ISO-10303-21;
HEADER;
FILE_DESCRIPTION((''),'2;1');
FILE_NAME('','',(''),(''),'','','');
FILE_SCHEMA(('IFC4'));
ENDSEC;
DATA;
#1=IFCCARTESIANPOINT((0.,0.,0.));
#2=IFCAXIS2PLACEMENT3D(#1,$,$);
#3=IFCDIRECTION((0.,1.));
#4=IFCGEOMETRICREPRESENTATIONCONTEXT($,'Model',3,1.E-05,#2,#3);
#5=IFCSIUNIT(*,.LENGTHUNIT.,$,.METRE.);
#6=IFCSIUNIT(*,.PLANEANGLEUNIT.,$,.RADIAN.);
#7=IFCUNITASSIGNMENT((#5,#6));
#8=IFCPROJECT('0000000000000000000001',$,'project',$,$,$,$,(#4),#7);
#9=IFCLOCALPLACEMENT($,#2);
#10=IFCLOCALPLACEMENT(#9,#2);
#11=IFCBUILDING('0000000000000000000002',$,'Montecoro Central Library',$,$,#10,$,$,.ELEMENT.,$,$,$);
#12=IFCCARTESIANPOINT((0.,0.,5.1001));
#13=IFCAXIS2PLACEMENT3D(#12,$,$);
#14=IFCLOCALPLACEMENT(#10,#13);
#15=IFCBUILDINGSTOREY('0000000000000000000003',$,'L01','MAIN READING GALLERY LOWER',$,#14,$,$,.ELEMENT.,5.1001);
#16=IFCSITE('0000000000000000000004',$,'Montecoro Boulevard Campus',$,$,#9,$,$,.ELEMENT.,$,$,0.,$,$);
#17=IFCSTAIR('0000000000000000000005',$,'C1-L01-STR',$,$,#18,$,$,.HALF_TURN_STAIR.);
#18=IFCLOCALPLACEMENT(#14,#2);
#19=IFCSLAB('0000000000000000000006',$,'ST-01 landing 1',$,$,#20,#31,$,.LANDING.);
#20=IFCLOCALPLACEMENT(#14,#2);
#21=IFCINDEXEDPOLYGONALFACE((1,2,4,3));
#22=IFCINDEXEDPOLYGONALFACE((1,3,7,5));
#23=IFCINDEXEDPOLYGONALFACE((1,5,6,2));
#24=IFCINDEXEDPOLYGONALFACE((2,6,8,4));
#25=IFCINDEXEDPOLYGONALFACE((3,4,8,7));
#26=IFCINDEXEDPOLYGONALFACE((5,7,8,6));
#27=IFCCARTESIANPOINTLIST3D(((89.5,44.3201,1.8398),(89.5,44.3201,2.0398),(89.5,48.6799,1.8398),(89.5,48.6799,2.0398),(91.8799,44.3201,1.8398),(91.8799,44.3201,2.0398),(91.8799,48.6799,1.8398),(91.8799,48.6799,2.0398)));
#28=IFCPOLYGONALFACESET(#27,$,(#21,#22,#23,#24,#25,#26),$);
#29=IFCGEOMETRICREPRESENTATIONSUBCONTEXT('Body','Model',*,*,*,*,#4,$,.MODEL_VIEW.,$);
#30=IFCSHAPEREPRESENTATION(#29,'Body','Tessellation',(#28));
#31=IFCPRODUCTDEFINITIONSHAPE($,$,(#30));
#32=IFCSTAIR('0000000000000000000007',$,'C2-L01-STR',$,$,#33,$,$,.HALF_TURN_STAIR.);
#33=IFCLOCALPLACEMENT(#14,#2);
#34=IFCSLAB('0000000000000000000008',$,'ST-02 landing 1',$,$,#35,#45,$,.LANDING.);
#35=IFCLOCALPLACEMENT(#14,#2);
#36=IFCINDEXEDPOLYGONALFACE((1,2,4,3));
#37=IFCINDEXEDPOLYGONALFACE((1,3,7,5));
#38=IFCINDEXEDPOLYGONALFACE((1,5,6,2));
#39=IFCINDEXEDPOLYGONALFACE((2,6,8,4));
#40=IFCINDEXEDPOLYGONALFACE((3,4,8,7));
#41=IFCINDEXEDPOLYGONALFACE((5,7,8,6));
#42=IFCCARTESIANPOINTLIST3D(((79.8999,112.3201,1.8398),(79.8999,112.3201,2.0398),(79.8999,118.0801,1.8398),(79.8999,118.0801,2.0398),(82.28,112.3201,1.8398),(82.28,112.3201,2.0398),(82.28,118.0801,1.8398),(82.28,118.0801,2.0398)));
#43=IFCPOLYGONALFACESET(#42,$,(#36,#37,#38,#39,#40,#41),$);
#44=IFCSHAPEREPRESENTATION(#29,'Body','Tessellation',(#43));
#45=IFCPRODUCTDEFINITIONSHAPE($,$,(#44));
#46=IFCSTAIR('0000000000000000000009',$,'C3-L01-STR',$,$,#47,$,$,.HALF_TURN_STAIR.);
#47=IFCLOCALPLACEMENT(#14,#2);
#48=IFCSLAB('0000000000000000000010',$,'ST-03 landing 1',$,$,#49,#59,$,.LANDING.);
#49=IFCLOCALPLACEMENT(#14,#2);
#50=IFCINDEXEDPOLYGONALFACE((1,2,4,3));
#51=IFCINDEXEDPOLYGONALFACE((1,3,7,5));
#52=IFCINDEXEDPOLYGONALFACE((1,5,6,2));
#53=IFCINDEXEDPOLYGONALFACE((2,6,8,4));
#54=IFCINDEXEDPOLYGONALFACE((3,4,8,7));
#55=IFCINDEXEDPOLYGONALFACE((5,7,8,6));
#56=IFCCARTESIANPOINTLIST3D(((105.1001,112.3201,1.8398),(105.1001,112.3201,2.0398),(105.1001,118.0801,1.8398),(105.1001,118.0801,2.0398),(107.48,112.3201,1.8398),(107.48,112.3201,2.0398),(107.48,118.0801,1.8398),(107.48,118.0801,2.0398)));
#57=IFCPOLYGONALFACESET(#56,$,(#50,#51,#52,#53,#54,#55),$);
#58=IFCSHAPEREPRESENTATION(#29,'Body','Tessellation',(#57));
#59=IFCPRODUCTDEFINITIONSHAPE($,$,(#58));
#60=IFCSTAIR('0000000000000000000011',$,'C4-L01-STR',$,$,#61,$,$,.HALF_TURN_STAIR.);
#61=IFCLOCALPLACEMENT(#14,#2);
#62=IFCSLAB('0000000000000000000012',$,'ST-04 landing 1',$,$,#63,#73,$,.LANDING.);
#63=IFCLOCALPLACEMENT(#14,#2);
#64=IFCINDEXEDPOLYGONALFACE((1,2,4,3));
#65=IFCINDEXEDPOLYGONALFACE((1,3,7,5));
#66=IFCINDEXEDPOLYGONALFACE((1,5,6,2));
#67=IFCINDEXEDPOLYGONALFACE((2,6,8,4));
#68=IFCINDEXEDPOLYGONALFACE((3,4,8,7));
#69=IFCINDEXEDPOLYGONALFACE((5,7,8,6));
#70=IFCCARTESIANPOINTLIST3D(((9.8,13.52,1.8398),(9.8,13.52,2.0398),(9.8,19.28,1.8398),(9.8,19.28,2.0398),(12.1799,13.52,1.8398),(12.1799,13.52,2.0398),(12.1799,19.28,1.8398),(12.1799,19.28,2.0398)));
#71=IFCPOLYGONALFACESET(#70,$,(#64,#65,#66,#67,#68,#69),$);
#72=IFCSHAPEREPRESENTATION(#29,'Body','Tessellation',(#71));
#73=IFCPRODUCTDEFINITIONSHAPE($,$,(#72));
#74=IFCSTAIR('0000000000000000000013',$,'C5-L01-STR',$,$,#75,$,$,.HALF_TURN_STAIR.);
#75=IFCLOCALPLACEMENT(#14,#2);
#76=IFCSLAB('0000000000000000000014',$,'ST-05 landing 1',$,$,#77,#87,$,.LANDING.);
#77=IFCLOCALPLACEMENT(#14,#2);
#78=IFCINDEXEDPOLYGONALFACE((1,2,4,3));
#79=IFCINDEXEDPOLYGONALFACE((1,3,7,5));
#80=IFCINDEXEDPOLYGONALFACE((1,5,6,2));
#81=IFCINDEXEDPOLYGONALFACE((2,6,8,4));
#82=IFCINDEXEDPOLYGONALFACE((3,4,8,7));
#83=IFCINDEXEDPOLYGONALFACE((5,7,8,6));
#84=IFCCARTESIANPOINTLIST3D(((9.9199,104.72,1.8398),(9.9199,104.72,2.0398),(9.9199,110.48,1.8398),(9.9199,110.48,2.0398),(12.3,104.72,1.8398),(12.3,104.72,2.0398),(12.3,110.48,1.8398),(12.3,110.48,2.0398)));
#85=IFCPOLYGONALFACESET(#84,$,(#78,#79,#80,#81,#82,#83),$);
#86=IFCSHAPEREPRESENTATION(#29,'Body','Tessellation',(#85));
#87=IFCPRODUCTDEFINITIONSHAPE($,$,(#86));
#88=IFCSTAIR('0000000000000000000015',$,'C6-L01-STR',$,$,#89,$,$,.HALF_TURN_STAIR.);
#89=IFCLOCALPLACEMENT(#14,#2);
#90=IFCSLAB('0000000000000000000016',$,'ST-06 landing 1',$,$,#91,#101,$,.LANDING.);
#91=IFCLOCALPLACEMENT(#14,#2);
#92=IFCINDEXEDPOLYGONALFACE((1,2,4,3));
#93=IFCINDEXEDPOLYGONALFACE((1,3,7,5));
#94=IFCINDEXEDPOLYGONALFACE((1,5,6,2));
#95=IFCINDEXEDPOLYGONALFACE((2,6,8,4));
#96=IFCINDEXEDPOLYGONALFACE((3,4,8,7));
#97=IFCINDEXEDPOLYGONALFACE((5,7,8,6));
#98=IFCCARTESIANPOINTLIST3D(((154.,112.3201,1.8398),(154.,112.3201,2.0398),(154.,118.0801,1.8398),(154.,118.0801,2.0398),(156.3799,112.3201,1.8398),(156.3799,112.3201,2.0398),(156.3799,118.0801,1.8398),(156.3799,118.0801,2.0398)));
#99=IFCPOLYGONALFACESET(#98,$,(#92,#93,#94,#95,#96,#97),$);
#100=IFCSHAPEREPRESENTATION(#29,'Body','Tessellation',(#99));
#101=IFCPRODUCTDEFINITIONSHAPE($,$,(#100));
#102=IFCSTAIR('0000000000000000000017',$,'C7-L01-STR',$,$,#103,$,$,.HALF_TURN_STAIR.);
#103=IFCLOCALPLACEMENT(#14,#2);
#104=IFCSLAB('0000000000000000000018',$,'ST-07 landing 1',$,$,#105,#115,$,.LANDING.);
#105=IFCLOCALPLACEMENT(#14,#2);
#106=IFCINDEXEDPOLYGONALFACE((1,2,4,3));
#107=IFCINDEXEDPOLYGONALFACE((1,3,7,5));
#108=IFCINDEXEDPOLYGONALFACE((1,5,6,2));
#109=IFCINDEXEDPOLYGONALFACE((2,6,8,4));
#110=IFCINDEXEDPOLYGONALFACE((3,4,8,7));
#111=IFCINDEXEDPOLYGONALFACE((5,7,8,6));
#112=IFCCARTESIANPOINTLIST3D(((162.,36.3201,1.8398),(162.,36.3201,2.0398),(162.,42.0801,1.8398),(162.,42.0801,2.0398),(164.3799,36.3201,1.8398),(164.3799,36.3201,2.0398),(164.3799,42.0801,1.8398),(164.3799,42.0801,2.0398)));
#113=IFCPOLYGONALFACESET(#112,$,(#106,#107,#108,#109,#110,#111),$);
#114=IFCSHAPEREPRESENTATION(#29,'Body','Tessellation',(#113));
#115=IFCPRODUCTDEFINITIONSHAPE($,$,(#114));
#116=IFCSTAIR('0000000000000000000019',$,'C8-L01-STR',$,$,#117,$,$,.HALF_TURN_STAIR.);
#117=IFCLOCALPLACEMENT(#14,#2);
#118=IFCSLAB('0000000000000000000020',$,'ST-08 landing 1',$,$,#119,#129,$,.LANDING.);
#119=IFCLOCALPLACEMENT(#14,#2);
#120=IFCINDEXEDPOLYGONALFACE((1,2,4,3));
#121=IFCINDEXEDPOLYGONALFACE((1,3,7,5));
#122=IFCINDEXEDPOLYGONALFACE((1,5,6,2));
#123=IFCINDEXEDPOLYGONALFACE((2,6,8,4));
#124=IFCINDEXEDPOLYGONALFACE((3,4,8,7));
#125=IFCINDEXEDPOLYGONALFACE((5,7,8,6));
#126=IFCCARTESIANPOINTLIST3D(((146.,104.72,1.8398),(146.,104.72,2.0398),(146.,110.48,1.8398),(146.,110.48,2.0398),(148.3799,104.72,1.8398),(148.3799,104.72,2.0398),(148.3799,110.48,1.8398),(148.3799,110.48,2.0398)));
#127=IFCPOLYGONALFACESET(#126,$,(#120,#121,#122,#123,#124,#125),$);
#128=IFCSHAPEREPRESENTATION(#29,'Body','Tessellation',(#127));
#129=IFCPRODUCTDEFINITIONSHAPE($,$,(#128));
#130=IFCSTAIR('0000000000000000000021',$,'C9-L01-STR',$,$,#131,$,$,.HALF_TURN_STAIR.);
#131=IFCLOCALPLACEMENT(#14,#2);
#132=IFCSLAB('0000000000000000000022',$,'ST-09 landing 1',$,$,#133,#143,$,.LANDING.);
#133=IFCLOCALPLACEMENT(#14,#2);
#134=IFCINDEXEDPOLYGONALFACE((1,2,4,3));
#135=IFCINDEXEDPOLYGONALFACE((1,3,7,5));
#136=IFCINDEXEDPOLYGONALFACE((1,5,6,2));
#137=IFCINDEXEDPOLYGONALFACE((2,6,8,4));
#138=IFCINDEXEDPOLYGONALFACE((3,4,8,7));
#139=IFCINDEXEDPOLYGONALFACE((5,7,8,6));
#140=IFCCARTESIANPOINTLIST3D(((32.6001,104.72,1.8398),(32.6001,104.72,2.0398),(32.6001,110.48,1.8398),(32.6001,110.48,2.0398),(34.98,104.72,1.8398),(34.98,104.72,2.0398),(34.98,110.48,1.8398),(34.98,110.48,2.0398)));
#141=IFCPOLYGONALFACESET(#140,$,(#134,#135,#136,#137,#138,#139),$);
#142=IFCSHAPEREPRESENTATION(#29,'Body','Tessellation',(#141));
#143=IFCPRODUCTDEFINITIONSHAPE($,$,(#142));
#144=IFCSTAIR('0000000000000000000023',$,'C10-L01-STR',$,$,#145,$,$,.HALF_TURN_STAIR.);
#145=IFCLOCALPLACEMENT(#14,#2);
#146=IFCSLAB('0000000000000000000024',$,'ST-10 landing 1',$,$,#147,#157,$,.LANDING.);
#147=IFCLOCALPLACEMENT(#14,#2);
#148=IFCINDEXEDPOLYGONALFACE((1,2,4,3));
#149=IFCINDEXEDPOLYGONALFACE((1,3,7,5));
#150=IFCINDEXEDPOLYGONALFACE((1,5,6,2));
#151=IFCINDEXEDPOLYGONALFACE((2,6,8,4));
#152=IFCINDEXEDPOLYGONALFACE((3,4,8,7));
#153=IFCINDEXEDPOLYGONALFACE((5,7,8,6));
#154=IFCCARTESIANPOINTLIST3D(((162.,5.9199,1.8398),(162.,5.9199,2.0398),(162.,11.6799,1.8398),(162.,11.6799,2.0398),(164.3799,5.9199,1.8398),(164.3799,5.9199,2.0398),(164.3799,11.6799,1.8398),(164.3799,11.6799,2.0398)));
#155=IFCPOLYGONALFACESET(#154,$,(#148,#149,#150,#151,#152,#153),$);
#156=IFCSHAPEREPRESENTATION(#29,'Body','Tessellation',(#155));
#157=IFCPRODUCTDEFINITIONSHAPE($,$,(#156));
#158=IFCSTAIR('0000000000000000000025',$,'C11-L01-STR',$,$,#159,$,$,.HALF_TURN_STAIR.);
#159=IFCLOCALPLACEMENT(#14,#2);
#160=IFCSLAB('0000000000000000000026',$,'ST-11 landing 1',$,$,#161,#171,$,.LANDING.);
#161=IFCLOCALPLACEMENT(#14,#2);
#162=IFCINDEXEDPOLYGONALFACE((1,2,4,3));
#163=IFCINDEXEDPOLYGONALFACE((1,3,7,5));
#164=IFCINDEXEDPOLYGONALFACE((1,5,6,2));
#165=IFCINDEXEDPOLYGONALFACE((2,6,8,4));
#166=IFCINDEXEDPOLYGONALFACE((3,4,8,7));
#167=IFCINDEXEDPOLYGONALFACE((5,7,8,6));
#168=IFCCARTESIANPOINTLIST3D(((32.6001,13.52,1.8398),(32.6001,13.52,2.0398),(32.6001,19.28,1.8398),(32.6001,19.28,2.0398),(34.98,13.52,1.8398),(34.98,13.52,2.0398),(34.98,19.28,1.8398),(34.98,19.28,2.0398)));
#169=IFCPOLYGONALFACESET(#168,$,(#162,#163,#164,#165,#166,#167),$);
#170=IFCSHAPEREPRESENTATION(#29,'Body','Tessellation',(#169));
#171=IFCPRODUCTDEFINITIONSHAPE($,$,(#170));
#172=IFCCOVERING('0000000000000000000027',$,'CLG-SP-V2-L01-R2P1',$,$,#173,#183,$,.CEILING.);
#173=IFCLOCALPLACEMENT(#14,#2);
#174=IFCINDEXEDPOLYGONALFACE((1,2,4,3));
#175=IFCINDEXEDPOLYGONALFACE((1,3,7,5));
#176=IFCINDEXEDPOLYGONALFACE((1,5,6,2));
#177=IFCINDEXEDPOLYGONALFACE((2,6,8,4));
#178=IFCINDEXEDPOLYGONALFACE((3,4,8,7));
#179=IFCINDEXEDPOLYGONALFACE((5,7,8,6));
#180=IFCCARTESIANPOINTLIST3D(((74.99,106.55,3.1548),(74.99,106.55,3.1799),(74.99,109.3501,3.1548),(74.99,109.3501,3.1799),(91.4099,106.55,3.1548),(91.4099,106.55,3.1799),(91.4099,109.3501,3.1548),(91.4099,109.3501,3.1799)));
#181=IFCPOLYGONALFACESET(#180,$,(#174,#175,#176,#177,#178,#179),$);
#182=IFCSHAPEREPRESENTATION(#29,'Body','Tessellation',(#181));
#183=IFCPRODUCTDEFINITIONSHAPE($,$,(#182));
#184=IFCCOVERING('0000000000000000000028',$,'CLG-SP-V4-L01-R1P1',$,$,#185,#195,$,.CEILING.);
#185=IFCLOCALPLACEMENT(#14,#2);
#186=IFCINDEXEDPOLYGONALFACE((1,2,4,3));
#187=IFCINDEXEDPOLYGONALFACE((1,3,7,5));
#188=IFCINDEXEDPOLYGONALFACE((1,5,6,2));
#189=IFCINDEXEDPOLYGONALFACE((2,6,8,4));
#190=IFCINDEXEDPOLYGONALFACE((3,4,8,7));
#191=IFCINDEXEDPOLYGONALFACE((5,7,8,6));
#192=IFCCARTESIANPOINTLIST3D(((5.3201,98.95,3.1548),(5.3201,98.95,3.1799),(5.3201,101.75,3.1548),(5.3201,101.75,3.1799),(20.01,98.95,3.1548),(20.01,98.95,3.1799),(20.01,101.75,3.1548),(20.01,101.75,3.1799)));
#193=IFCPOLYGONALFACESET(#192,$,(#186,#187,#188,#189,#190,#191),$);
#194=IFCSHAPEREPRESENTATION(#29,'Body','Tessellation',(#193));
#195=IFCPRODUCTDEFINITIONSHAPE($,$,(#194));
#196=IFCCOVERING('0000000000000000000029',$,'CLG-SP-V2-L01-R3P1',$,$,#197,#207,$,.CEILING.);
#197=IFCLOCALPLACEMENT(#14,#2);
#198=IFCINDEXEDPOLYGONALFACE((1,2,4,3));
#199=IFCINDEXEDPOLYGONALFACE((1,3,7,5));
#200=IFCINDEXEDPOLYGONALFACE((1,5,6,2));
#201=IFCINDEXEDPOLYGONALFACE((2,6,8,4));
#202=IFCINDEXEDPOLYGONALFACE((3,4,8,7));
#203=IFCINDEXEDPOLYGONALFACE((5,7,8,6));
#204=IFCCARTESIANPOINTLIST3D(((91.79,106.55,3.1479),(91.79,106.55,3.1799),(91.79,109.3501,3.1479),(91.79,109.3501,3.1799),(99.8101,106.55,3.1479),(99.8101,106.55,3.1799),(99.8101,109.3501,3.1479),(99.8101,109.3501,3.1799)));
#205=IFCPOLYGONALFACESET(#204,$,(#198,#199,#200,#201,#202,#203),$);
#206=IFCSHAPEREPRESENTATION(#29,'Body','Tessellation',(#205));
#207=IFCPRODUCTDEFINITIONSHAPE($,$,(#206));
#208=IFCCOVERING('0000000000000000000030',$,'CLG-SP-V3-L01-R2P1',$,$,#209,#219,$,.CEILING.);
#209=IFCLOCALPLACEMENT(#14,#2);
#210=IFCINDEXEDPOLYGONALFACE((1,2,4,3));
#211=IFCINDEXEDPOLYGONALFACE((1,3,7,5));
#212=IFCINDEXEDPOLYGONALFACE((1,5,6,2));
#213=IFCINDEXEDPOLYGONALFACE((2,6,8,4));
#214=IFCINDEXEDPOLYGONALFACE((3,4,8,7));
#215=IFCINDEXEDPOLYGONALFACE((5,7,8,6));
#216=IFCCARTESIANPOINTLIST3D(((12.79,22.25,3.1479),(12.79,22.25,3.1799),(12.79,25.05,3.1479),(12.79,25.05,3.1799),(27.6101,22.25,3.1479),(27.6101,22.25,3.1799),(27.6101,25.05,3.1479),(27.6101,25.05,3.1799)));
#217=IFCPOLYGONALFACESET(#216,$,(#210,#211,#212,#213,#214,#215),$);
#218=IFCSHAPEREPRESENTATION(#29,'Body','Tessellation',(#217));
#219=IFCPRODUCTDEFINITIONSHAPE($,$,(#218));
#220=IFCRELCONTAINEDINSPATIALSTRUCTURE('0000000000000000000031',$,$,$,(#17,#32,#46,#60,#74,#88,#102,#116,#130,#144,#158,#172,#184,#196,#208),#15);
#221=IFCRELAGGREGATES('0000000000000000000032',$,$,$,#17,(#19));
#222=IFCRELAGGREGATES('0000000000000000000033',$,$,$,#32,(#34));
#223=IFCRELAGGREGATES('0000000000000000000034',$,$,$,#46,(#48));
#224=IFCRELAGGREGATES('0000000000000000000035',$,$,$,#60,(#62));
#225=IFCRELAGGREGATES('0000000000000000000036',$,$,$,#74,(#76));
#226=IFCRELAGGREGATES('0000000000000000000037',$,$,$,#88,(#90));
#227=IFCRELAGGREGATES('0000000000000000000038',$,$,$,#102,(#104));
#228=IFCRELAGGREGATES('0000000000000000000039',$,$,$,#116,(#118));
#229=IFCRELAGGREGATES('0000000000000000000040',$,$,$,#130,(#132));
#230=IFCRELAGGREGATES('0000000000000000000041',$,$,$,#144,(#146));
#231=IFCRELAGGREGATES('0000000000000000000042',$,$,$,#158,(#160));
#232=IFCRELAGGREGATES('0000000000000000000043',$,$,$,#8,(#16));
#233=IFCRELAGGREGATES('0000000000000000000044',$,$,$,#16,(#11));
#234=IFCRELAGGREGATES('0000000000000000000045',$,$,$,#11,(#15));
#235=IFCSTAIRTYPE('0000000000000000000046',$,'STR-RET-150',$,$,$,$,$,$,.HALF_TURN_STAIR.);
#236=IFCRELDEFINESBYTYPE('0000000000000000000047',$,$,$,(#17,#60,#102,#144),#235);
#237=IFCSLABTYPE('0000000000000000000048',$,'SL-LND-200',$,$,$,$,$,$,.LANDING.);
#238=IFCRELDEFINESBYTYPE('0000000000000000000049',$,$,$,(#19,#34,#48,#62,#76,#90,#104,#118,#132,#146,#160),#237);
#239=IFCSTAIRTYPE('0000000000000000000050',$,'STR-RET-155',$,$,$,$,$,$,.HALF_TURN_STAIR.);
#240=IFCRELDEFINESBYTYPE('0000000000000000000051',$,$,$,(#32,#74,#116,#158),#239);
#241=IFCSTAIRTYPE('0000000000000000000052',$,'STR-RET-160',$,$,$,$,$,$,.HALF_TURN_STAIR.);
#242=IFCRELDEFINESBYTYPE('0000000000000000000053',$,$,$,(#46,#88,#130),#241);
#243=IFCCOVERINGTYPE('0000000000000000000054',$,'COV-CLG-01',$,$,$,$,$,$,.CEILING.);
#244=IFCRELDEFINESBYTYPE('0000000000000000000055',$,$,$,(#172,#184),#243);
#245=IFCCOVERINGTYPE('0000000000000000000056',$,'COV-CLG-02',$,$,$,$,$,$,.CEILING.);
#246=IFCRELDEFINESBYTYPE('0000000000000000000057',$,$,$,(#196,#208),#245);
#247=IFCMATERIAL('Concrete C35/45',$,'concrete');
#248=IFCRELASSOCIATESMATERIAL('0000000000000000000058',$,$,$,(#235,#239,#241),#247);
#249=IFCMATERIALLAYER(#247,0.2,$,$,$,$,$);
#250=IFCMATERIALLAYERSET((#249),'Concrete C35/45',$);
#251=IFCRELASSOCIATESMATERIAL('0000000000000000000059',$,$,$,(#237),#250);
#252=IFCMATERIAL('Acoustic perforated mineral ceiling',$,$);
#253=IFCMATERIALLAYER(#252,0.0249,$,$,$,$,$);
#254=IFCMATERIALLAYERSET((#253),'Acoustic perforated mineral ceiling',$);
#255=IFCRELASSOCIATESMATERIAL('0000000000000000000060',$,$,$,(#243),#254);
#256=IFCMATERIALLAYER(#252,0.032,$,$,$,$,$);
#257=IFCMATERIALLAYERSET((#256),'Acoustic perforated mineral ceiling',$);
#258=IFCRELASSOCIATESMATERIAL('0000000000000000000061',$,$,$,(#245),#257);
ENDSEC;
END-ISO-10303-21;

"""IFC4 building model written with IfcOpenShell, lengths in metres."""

from ifc_helpers import new_model, si_unit, direction, frame, origin, place, context, subcontext, project, spatial, polyline, outline, extrude, material, layer, layer_set, type_object, element, aggregate, save


model = new_model("IFC4")

# Units and contexts
model_context = context("Model", 3, precision=1e-05, world=origin(), true_north=direction((0.0, 1.0)))
body_context = subcontext(model_context, "Body", "Model", "MODEL_VIEW")
ifc_project = project(units=[si_unit("LENGTHUNIT", "METRE"), si_unit("PLANEANGLEUNIT", "RADIAN")], contexts=[model_context])

# Site, building, storey
site_placement = place(None, origin())
site = spatial("IfcSite", under=ifc_project, at=site_placement, Name="Montecoro Boulevard Campus", CompositionType="ELEMENT", RefElevation=0.0)
building_placement = place(site_placement, origin())
building = spatial("IfcBuilding", under=site, at=building_placement, Name="Montecoro Central Library", CompositionType="ELEMENT")
storey_placement = place(building_placement, frame((0.0, 0.0, 5.1001)))
storey = spatial("IfcBuildingStorey", under=building, at=storey_placement, Name="L01", Description="MAIN READING GALLERY LOWER", CompositionType="ELEMENT", Elevation=5.1001)

# Stairs, slabs
ifc_material_1 = material(Name="Concrete C35/45", Category="concrete")
stair_type_1 = type_object("IfcStairType", Name="STR-RET-150", PredefinedType="HALF_TURN_STAIR", material=ifc_material_1)
stair_1_placement = place(storey_placement, origin())
stair_1 = element("IfcStair", 1, at=stair_1_placement, inside=storey, type_object=stair_type_1, Name="C1-L01-STR", PredefinedType="HALF_TURN_STAIR")
ifc_layer_1 = layer(ifc_material_1, 0.2)
ifc_layer_set_1 = layer_set([ifc_layer_1], Name="Concrete C35/45")
slab_type = type_object("IfcSlabType", Name="SL-LND-200", PredefinedType="LANDING", material=ifc_layer_set_1)
slab_1_placement = place(storey_placement, frame((0.0, 0.0, 1.8398)))
slab_1 = element("IfcSlab", 2, at=slab_1_placement, type_object=slab_type, Name="ST-01 landing 1", PredefinedType="LANDING", context=body_context, shape_type="SweptSolid", body=[
    extrude(outline(polyline([(89.5, 44.3201), (91.8799, 44.3201), (91.8799, 48.6799), (89.5, 48.6799), (89.5, 44.3201)])), origin(), (0.0, 0.0, 1.0), 0.2),
])
aggregate(stair_1, [slab_1])
stair_type_2 = type_object("IfcStairType", Name="STR-RET-155", PredefinedType="HALF_TURN_STAIR", material=ifc_material_1)
stair_2_placement = place(storey_placement, origin())
stair_2 = element("IfcStair", 3, at=stair_2_placement, inside=storey, type_object=stair_type_2, Name="C2-L01-STR", PredefinedType="HALF_TURN_STAIR")
slab_2_placement = place(storey_placement, frame((0.0, 0.0, 1.8398)))
slab_2 = element("IfcSlab", 4, at=slab_2_placement, type_object=slab_type, Name="ST-02 landing 1", PredefinedType="LANDING", context=body_context, shape_type="SweptSolid", body=[
    extrude(outline(polyline([(79.8999, 112.3201), (82.28, 112.3201), (82.28, 118.0801), (79.8999, 118.0801), (79.8999, 112.3201)])), origin(), (0.0, 0.0, 1.0), 0.2),
])
aggregate(stair_2, [slab_2])
stair_type_3 = type_object("IfcStairType", Name="STR-RET-160", PredefinedType="HALF_TURN_STAIR", material=ifc_material_1)
stair_3_placement = place(storey_placement, origin())
stair_3 = element("IfcStair", 5, at=stair_3_placement, inside=storey, type_object=stair_type_3, Name="C3-L01-STR", PredefinedType="HALF_TURN_STAIR")
slab_3_placement = place(storey_placement, frame((0.0, 0.0, 1.8398)))
slab_3 = element("IfcSlab", 6, at=slab_3_placement, type_object=slab_type, Name="ST-03 landing 1", PredefinedType="LANDING", context=body_context, shape_type="SweptSolid", body=[
    extrude(outline(polyline([(105.1001, 112.3201), (107.48, 112.3201), (107.48, 118.0801), (105.1001, 118.0801), (105.1001, 112.3201)])), origin(), (0.0, 0.0, 1.0), 0.2),
])
aggregate(stair_3, [slab_3])
stair_4_placement = place(storey_placement, origin())
stair_4 = element("IfcStair", 7, at=stair_4_placement, inside=storey, type_object=stair_type_1, Name="C4-L01-STR", PredefinedType="HALF_TURN_STAIR")
slab_4_placement = place(storey_placement, frame((0.0, 0.0, 1.8398)))
slab_4 = element("IfcSlab", 8, at=slab_4_placement, type_object=slab_type, Name="ST-04 landing 1", PredefinedType="LANDING", context=body_context, shape_type="SweptSolid", body=[
    extrude(outline(polyline([(9.8, 13.52), (12.1799, 13.52), (12.1799, 19.28), (9.8, 19.28), (9.8, 13.52)])), origin(), (0.0, 0.0, 1.0), 0.2),
])
aggregate(stair_4, [slab_4])
stair_5_placement = place(storey_placement, origin())
stair_5 = element("IfcStair", 9, at=stair_5_placement, inside=storey, type_object=stair_type_2, Name="C5-L01-STR", PredefinedType="HALF_TURN_STAIR")
slab_5_placement = place(storey_placement, frame((0.0, 0.0, 1.8398)))
slab_5 = element("IfcSlab", 10, at=slab_5_placement, type_object=slab_type, Name="ST-05 landing 1", PredefinedType="LANDING", context=body_context, shape_type="SweptSolid", body=[
    extrude(outline(polyline([(9.9199, 104.72), (12.3, 104.72), (12.3, 110.48), (9.9199, 110.48), (9.9199, 104.72)])), origin(), (0.0, 0.0, 1.0), 0.2),
])
aggregate(stair_5, [slab_5])
stair_6_placement = place(storey_placement, origin())
stair_6 = element("IfcStair", 11, at=stair_6_placement, inside=storey, type_object=stair_type_3, Name="C6-L01-STR", PredefinedType="HALF_TURN_STAIR")
slab_6_placement = place(storey_placement, frame((0.0, 0.0, 1.8398)))
slab_6 = element("IfcSlab", 12, at=slab_6_placement, type_object=slab_type, Name="ST-06 landing 1", PredefinedType="LANDING", context=body_context, shape_type="SweptSolid", body=[
    extrude(outline(polyline([(154.0, 112.3201), (156.3799, 112.3201), (156.3799, 118.0801), (154.0, 118.0801), (154.0, 112.3201)])), origin(), (0.0, 0.0, 1.0), 0.2),
])
aggregate(stair_6, [slab_6])
stair_7_placement = place(storey_placement, origin())
stair_7 = element("IfcStair", 13, at=stair_7_placement, inside=storey, type_object=stair_type_1, Name="C7-L01-STR", PredefinedType="HALF_TURN_STAIR")
slab_7_placement = place(storey_placement, frame((0.0, 0.0, 1.8398)))
slab_7 = element("IfcSlab", 14, at=slab_7_placement, type_object=slab_type, Name="ST-07 landing 1", PredefinedType="LANDING", context=body_context, shape_type="SweptSolid", body=[
    extrude(outline(polyline([(162.0, 36.3201), (164.3799, 36.3201), (164.3799, 42.0801), (162.0, 42.0801), (162.0, 36.3201)])), origin(), (0.0, 0.0, 1.0), 0.2),
])
aggregate(stair_7, [slab_7])
stair_8_placement = place(storey_placement, origin())
stair_8 = element("IfcStair", 15, at=stair_8_placement, inside=storey, type_object=stair_type_2, Name="C8-L01-STR", PredefinedType="HALF_TURN_STAIR")
slab_8_placement = place(storey_placement, frame((0.0, 0.0, 1.8398)))
slab_8 = element("IfcSlab", 16, at=slab_8_placement, type_object=slab_type, Name="ST-08 landing 1", PredefinedType="LANDING", context=body_context, shape_type="SweptSolid", body=[
    extrude(outline(polyline([(146.0, 104.72), (148.3799, 104.72), (148.3799, 110.48), (146.0, 110.48), (146.0, 104.72)])), origin(), (0.0, 0.0, 1.0), 0.2),
])
aggregate(stair_8, [slab_8])
stair_9_placement = place(storey_placement, origin())
stair_9 = element("IfcStair", 17, at=stair_9_placement, inside=storey, type_object=stair_type_3, Name="C9-L01-STR", PredefinedType="HALF_TURN_STAIR")
slab_9_placement = place(storey_placement, frame((0.0, 0.0, 1.8398)))
slab_9 = element("IfcSlab", 18, at=slab_9_placement, type_object=slab_type, Name="ST-09 landing 1", PredefinedType="LANDING", context=body_context, shape_type="SweptSolid", body=[
    extrude(outline(polyline([(32.6001, 104.72), (34.98, 104.72), (34.98, 110.48), (32.6001, 110.48), (32.6001, 104.72)])), origin(), (0.0, 0.0, 1.0), 0.2),
])
aggregate(stair_9, [slab_9])
stair_10_placement = place(storey_placement, origin())
stair_10 = element("IfcStair", 19, at=stair_10_placement, inside=storey, type_object=stair_type_1, Name="C10-L01-STR", PredefinedType="HALF_TURN_STAIR")
slab_10_placement = place(storey_placement, frame((0.0, 0.0, 1.8398)))
slab_10 = element("IfcSlab", 20, at=slab_10_placement, type_object=slab_type, Name="ST-10 landing 1", PredefinedType="LANDING", context=body_context, shape_type="SweptSolid", body=[
    extrude(outline(polyline([(162.0, 5.9199), (164.3799, 5.9199), (164.3799, 11.6799), (162.0, 11.6799), (162.0, 5.9199)])), origin(), (0.0, 0.0, 1.0), 0.2),
])
aggregate(stair_10, [slab_10])
stair_11_placement = place(storey_placement, origin())
stair_11 = element("IfcStair", 21, at=stair_11_placement, inside=storey, type_object=stair_type_2, Name="C11-L01-STR", PredefinedType="HALF_TURN_STAIR")
slab_11_placement = place(storey_placement, frame((0.0, 0.0, 1.8398)))
slab_11 = element("IfcSlab", 22, at=slab_11_placement, type_object=slab_type, Name="ST-11 landing 1", PredefinedType="LANDING", context=body_context, shape_type="SweptSolid", body=[
    extrude(outline(polyline([(32.6001, 13.52), (34.98, 13.52), (34.98, 19.28), (32.6001, 19.28), (32.6001, 13.52)])), origin(), (0.0, 0.0, 1.0), 0.2),
])
aggregate(stair_11, [slab_11])

# Coverings
ifc_material_2 = material(Name="Acoustic perforated mineral ceiling")
ifc_layer_2 = layer(ifc_material_2, 0.0249)
ifc_layer_set_2 = layer_set([ifc_layer_2], Name="Acoustic perforated mineral ceiling")
covering_type_1 = type_object("IfcCoveringType", Name="COV-CLG-01", PredefinedType="CEILING", material=ifc_layer_set_2)
covering_1_placement = place(storey_placement, frame((0.0, 0.0, 3.1548)))
element("IfcCovering", 23, at=covering_1_placement, inside=storey, type_object=covering_type_1, Name="CLG-SP-V2-L01-R2P1", PredefinedType="CEILING", context=body_context, shape_type="SweptSolid", body=[
    extrude(outline(polyline([(74.99, 106.55), (91.4099, 106.55), (91.4099, 109.3501), (74.99, 109.3501), (74.99, 106.55)])), origin(), (0.0, 0.0, 1.0), 0.0251),
])
covering_2_placement = place(storey_placement, frame((0.0, 0.0, 3.1548)))
element("IfcCovering", 24, at=covering_2_placement, inside=storey, type_object=covering_type_1, Name="CLG-SP-V4-L01-R1P1", PredefinedType="CEILING", context=body_context, shape_type="SweptSolid", body=[
    extrude(outline(polyline([(5.3201, 98.95), (20.01, 98.95), (20.01, 101.75), (5.3201, 101.75), (5.3201, 98.95)])), origin(), (0.0, 0.0, 1.0), 0.0251),
])
ifc_layer_3 = layer(ifc_material_2, 0.032)
ifc_layer_set_3 = layer_set([ifc_layer_3], Name="Acoustic perforated mineral ceiling")
covering_type_2 = type_object("IfcCoveringType", Name="COV-CLG-02", PredefinedType="CEILING", material=ifc_layer_set_3)
covering_3_placement = place(storey_placement, frame((0.0, 0.0, 3.1479)))
element("IfcCovering", 25, at=covering_3_placement, inside=storey, type_object=covering_type_2, Name="CLG-SP-V2-L01-R3P1", PredefinedType="CEILING", context=body_context, shape_type="SweptSolid", body=[
    extrude(outline(polyline([(91.79, 106.55), (99.8101, 106.55), (99.8101, 109.3501), (91.79, 109.3501), (91.79, 106.55)])), origin(), (0.0, 0.0, 1.0), 0.032),
])
covering_4_placement = place(storey_placement, frame((0.0, 0.0, 3.1479)))
element("IfcCovering", 26, at=covering_4_placement, inside=storey, type_object=covering_type_2, Name="CLG-SP-V3-L01-R2P1", PredefinedType="CEILING", context=body_context, shape_type="SweptSolid", body=[
    extrude(outline(polyline([(12.79, 22.25), (27.6101, 22.25), (27.6101, 25.05), (12.79, 25.05), (12.79, 22.25)])), origin(), (0.0, 0.0, 1.0), 0.032),
])

save(model, "model.ifc")
